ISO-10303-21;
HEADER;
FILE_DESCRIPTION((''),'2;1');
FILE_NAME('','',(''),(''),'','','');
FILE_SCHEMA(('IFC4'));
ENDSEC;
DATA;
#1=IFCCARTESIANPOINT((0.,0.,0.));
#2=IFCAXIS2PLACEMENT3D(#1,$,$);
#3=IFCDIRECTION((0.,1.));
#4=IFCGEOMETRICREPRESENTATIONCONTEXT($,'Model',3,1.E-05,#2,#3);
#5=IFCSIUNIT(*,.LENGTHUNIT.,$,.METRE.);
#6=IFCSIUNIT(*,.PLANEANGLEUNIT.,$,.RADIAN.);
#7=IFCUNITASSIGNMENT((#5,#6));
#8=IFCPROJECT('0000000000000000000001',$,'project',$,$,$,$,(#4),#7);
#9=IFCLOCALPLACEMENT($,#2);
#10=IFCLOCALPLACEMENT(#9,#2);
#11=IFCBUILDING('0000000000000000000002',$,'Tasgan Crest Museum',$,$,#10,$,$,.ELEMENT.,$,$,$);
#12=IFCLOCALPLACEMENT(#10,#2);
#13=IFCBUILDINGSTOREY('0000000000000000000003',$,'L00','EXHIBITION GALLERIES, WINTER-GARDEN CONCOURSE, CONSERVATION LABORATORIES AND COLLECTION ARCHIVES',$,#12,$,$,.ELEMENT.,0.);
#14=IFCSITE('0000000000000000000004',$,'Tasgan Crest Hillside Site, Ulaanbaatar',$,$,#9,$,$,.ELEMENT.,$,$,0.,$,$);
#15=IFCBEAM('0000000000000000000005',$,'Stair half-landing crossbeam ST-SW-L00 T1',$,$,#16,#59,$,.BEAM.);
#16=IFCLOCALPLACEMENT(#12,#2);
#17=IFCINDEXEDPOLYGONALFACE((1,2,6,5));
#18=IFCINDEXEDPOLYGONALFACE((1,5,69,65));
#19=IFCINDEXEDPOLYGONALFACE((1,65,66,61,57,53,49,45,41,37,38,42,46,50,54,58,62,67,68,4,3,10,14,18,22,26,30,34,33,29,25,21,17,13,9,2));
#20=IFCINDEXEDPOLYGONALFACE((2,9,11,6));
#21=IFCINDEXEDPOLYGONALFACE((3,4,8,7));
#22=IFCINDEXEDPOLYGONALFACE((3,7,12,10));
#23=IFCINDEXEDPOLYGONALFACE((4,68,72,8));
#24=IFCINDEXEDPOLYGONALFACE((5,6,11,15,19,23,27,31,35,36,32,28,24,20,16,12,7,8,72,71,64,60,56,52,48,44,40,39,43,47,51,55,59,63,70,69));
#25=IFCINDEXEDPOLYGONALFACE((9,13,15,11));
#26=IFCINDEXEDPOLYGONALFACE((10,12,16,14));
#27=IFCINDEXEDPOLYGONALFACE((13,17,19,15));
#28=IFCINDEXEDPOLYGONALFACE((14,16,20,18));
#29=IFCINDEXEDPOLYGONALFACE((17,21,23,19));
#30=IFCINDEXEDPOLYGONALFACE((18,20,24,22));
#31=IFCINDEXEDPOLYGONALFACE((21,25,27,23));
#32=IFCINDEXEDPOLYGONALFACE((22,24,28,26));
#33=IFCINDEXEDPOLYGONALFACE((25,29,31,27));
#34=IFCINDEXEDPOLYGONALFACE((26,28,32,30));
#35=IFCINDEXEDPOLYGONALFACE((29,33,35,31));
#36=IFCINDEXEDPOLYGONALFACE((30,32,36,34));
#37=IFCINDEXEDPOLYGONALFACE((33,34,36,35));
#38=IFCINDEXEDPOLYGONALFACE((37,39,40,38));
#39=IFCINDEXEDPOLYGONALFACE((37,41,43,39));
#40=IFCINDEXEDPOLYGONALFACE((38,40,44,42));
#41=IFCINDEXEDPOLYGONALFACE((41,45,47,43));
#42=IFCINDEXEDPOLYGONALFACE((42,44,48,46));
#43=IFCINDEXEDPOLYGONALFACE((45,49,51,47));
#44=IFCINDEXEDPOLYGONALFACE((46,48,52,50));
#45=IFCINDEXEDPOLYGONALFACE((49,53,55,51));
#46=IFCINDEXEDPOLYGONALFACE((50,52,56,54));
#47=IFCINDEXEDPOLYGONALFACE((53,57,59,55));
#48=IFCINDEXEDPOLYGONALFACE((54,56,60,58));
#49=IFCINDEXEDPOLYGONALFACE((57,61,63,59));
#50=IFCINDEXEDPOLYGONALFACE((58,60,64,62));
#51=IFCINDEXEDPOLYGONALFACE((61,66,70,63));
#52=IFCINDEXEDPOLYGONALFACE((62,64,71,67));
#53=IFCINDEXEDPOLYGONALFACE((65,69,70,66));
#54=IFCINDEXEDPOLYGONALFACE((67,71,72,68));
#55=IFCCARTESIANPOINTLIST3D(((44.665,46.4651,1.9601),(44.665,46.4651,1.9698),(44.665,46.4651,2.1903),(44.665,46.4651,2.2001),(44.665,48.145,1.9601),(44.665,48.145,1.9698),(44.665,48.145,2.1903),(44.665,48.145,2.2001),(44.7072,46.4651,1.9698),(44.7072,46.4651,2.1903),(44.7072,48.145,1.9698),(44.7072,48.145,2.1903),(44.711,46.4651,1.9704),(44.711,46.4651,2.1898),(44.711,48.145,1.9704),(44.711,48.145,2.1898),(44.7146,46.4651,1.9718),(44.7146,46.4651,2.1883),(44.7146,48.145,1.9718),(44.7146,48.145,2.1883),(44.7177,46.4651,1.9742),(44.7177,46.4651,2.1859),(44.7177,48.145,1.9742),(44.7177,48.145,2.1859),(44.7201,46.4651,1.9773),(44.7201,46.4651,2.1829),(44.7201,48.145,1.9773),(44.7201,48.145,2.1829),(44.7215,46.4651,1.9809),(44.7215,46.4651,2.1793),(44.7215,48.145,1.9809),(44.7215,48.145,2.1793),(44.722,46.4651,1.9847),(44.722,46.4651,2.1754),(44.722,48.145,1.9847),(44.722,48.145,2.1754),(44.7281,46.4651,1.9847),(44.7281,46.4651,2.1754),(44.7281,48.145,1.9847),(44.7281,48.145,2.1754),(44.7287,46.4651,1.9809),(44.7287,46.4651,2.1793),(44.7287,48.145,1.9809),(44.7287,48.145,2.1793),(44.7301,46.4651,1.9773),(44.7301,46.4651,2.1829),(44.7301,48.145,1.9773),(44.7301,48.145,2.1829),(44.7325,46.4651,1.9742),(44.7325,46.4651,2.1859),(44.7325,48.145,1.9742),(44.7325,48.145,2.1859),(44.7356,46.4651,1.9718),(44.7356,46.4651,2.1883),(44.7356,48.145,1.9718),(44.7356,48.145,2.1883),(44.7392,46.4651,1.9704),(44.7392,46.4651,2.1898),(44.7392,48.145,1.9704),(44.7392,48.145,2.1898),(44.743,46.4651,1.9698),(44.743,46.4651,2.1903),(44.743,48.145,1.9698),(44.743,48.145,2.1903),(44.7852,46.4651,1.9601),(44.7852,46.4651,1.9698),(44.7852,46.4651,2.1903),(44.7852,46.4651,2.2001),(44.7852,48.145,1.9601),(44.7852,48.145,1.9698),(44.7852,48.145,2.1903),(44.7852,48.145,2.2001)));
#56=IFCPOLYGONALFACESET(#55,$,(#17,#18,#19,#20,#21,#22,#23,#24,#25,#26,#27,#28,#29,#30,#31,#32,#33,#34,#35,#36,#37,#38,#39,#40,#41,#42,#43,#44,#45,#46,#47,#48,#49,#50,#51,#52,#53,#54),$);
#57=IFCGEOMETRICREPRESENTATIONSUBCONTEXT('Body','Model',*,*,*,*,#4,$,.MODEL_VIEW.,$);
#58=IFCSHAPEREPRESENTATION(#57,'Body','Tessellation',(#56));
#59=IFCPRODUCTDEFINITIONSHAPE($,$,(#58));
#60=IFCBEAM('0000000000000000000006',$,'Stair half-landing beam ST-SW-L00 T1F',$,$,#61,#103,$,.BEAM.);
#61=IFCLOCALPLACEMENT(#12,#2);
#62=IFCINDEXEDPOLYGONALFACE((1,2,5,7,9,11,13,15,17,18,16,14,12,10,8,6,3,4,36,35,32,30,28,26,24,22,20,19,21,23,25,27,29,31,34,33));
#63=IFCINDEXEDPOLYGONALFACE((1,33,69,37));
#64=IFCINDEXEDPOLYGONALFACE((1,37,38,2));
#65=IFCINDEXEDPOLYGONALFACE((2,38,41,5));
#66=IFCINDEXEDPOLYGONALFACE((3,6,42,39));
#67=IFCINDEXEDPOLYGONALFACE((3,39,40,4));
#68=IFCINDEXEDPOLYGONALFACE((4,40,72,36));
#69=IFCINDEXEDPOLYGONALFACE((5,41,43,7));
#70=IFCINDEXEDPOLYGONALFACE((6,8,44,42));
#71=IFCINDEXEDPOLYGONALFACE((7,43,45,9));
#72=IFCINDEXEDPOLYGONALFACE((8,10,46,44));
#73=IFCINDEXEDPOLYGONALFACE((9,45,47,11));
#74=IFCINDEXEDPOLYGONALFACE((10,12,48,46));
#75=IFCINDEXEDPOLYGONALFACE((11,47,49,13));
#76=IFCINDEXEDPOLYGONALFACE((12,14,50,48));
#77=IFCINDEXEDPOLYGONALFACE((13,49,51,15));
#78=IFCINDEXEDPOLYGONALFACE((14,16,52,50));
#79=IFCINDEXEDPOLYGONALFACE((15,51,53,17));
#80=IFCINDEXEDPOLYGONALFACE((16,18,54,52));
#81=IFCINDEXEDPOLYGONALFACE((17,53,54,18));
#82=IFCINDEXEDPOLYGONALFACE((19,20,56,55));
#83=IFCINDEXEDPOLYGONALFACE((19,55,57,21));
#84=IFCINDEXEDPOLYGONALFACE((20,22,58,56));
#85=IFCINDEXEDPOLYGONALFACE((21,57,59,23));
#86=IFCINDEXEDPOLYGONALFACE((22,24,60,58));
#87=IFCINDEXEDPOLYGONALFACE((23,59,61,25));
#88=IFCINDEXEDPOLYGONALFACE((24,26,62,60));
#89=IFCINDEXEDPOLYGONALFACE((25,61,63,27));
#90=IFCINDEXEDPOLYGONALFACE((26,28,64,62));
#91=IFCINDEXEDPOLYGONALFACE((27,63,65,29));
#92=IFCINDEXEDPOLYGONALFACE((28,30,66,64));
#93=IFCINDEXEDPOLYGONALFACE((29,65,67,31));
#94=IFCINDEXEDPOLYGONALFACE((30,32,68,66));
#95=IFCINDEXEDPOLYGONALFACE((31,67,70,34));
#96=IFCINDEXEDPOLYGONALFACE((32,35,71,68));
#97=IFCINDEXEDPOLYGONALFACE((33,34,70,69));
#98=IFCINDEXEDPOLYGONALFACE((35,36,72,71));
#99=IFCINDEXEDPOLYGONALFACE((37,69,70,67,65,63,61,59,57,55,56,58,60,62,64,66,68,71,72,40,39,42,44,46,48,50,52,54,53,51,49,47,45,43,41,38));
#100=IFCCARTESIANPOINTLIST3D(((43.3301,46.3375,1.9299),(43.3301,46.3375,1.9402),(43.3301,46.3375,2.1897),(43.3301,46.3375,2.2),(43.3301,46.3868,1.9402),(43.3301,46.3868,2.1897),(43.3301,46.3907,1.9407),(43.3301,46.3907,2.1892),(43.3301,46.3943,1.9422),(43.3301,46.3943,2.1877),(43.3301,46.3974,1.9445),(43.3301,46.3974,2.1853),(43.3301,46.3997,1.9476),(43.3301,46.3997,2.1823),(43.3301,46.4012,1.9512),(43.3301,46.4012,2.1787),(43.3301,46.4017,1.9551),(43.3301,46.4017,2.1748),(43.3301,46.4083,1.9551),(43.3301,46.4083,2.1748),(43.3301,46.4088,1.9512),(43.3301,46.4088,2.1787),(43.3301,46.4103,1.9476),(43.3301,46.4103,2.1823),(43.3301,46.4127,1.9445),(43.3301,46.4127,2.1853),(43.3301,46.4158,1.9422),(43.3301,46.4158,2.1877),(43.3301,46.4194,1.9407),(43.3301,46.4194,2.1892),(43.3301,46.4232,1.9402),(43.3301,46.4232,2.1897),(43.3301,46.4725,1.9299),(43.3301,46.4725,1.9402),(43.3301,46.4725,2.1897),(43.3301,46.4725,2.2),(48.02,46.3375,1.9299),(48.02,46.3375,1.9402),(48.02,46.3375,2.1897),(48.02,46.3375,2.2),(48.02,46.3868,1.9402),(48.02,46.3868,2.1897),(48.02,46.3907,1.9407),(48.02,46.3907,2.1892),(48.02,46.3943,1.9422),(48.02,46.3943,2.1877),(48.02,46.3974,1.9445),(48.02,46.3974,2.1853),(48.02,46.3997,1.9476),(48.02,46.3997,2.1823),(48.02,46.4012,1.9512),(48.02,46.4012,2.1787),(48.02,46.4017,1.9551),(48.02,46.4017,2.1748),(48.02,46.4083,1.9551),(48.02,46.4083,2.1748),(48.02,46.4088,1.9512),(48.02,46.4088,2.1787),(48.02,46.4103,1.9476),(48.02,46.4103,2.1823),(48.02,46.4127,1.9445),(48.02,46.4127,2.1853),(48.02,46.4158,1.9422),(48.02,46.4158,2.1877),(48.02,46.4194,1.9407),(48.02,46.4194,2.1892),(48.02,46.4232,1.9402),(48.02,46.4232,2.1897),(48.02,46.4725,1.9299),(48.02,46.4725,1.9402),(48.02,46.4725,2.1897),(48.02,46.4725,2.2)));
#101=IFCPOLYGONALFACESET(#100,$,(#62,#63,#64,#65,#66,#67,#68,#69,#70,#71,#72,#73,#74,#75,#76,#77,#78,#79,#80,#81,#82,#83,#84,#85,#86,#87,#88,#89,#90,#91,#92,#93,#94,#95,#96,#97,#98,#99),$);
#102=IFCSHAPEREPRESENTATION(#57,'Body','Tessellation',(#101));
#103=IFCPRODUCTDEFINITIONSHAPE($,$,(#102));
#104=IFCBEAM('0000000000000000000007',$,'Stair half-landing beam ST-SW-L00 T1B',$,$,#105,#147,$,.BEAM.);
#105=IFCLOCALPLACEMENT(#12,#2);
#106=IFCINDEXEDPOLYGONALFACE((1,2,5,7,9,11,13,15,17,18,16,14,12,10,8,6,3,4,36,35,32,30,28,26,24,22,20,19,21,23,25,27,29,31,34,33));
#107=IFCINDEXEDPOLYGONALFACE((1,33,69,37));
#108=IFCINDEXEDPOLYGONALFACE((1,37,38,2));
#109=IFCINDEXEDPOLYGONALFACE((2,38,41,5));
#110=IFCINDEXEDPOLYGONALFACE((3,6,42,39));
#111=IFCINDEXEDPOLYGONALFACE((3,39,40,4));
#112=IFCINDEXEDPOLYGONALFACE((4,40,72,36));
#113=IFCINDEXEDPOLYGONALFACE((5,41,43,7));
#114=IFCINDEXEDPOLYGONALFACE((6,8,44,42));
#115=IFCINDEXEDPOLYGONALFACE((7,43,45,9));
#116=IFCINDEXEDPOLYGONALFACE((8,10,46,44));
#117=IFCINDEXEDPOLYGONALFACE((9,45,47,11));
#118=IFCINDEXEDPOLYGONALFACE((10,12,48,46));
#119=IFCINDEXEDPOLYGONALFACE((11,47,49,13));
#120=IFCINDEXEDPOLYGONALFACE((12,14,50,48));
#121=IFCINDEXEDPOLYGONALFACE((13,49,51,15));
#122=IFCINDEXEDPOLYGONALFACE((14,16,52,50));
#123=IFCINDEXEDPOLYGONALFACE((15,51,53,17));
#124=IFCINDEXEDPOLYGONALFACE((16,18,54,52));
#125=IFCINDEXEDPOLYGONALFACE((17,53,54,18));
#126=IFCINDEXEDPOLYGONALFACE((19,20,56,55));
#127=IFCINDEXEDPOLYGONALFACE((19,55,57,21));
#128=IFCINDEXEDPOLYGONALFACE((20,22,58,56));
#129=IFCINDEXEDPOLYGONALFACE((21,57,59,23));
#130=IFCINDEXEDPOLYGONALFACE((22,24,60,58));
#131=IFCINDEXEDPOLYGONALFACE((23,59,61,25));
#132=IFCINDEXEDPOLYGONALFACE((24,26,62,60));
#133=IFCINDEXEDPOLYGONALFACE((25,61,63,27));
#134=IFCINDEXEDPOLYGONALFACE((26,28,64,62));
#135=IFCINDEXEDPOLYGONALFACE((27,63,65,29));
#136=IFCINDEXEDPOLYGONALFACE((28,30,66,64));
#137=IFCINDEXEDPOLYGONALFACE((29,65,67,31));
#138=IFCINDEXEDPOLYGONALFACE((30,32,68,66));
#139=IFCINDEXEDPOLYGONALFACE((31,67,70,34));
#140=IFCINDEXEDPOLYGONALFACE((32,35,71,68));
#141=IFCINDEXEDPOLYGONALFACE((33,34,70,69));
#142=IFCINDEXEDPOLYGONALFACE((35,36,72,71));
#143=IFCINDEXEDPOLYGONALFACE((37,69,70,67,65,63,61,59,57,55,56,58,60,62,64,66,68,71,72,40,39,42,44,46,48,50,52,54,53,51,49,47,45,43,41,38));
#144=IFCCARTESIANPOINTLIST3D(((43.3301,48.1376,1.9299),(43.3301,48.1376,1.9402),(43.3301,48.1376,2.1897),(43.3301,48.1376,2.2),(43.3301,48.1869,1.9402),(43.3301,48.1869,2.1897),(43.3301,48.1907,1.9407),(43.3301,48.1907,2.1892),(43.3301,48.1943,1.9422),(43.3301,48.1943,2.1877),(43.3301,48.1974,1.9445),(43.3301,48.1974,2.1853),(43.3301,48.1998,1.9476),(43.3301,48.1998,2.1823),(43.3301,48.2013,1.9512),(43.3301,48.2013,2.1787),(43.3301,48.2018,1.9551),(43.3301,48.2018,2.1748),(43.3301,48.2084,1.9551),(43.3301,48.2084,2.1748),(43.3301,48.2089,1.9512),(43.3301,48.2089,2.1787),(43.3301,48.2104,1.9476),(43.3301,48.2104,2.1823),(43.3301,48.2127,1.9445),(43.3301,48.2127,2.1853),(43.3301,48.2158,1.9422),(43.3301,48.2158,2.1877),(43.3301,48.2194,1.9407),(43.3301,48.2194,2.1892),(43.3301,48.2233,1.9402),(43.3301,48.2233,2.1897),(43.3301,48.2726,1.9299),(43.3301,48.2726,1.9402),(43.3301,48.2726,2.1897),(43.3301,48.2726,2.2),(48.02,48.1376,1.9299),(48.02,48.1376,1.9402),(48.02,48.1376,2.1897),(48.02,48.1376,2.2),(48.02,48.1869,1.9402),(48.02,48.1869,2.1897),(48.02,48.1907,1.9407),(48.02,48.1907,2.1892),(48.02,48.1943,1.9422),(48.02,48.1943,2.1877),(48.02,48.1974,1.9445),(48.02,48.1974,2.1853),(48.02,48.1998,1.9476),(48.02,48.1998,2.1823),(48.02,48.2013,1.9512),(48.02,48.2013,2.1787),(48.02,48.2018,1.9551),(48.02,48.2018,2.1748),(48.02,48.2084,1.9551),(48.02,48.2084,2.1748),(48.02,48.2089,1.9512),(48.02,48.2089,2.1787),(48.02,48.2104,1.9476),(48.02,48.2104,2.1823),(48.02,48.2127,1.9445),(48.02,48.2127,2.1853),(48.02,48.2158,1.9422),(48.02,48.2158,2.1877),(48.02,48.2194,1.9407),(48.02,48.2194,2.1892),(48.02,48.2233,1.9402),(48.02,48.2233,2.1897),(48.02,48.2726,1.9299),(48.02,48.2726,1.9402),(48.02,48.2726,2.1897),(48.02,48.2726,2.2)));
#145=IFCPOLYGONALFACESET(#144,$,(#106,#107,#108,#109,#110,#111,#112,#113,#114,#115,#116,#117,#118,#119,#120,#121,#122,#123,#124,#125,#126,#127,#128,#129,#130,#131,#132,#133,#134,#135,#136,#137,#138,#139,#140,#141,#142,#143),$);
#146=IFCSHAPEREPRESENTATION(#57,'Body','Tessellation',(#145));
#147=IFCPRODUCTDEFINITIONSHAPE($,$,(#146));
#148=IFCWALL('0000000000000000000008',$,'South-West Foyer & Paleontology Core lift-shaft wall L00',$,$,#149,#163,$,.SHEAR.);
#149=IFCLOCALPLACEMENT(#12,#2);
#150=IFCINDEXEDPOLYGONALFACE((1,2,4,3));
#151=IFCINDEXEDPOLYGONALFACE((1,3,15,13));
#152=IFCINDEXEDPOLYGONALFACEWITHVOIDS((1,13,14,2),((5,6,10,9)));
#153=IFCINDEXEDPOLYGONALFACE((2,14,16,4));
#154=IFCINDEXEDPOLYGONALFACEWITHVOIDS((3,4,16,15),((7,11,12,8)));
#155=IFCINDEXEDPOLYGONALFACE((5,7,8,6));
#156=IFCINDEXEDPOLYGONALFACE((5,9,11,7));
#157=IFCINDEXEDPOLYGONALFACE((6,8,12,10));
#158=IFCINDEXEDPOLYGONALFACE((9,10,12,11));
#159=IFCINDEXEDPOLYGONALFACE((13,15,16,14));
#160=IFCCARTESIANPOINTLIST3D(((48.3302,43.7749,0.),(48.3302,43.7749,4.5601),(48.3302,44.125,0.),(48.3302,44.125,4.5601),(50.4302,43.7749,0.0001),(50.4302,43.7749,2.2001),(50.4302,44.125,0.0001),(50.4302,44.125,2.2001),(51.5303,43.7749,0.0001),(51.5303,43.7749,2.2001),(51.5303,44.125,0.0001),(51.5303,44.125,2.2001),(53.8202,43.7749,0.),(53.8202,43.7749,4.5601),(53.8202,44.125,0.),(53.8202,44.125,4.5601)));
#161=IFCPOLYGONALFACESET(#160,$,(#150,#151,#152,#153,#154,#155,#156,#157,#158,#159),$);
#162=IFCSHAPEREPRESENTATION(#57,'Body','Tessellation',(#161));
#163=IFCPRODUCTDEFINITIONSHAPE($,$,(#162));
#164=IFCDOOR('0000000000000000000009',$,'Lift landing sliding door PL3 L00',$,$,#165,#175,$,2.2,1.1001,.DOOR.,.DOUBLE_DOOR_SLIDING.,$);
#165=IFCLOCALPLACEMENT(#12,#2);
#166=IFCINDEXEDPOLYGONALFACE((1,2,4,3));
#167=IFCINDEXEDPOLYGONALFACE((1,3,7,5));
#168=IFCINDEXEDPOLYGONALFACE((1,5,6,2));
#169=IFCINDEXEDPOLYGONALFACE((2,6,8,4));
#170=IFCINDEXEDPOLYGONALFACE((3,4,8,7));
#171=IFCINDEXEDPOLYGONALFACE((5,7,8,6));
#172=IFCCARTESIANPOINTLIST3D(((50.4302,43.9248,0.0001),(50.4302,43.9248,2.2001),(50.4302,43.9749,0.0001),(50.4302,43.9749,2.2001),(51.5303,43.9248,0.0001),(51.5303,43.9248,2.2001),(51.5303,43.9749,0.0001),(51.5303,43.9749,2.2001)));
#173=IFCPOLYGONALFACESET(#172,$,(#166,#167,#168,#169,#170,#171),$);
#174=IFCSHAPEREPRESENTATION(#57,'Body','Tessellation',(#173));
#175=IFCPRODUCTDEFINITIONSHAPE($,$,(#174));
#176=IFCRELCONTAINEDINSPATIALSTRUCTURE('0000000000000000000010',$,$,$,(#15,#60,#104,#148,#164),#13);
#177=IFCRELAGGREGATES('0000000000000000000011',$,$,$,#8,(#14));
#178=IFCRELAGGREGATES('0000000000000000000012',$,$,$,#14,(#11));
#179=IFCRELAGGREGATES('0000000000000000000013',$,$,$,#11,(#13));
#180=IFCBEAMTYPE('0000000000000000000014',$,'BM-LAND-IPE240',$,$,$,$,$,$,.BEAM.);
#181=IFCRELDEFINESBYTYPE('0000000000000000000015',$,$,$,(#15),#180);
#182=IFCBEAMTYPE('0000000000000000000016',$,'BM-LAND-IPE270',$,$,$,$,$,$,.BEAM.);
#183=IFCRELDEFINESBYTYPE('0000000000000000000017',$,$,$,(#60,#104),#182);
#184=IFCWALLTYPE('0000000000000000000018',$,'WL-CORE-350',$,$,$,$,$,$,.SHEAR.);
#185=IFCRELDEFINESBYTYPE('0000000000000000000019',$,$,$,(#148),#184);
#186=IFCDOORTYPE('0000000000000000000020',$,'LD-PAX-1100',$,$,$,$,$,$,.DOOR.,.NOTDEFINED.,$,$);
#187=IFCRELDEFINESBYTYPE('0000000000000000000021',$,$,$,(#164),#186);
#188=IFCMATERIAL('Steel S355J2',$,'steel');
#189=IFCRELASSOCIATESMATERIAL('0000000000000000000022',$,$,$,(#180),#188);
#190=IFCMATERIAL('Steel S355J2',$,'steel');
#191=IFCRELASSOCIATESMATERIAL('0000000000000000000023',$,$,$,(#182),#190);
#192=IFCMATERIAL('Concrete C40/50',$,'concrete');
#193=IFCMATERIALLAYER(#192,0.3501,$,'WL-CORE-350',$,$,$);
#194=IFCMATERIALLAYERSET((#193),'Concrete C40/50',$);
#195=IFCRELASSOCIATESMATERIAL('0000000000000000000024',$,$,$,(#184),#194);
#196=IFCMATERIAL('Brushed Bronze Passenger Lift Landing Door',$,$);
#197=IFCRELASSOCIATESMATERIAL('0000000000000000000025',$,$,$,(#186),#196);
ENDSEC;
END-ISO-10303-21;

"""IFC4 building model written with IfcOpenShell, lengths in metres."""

from ifc_helpers import new_model, si_unit, direction, frame, frame_2d, origin, origin_2d, place, context, subcontext, project, spatial, rectangle, i_section, extrude, material, layer, layer_set, material_profile, profile_set, type_object, element, fill, save


model = new_model("IFC4")

# Units and contexts
model_context = context("Model", 3, precision=1e-05, world=origin(), true_north=direction((0.0, 1.0)))
body_context = subcontext(model_context, "Body", "Model", "MODEL_VIEW")
ifc_project = project(units=[si_unit("LENGTHUNIT", "METRE"), si_unit("PLANEANGLEUNIT", "RADIAN")], contexts=[model_context])

# Site, building, storey
site_placement = place(None, origin())
site = spatial("IfcSite", under=ifc_project, at=site_placement, Name="Tasgan Crest Hillside Site, Ulaanbaatar", CompositionType="ELEMENT", RefElevation=0.0)
building_placement = place(site_placement, origin())
building = spatial("IfcBuilding", under=site, at=building_placement, Name="Tasgan Crest Museum", CompositionType="ELEMENT")
storey_placement = place(building_placement, origin())
storey = spatial("IfcBuildingStorey", under=building, at=storey_placement, Name="L00", Description="EXHIBITION GALLERIES, WINTER-GARDEN CONCOURSE, CONSERVATION LABORATORIES AND COLLECTION ARCHIVES", CompositionType="ELEMENT", Elevation=0.0)

# Beams
ifc_material_1 = material(Name="Steel S355J2", Category="steel")
ifc_material_profile_1 = material_profile(ifc_material_1, i_section(OverallWidth=0.1201, OverallDepth=0.24, WebThickness=0.0061, FlangeThickness=0.0098, FilletRadius=0.0149, at=origin_2d()), Name="IPE 240")
ifc_profile_set_1 = profile_set([ifc_material_profile_1], Name="Steel S355J2")
beam_type_1 = type_object("IfcBeamType", Name="BM-LAND-IPE240", PredefinedType="BEAM", material=ifc_profile_set_1)
beam_placement = place(storey_placement, frame((44.7251, 46.4651, 2.0801), z_axis=(0.0, 1.0, 0.0), x_axis=(-1.0, 0.0, 0.0)))
element("IfcBeam", 1, at=beam_placement, inside=storey, type_object=beam_type_1, Name="Stair half-landing crossbeam ST-SW-L00 T1", PredefinedType="BEAM", context=body_context, shape_type="SweptSolid", body=[
    extrude(i_section(OverallWidth=0.1201, OverallDepth=0.24, WebThickness=0.0061, FlangeThickness=0.0098, FilletRadius=0.0149, at=origin_2d()), origin(), (0.0, 0.0, 1.0), 1.6799),
])
ifc_material_2 = material(Name="Steel S355J2", Category="steel")
ifc_material_profile_2 = material_profile(ifc_material_2, i_section(OverallWidth=0.135, OverallDepth=0.27, WebThickness=0.0066, FlangeThickness=0.0103, FilletRadius=0.0149, at=origin_2d()), Name="IPE 270")
ifc_profile_set_2 = profile_set([ifc_material_profile_2], Name="Steel S355J2")
beam_type_2 = type_object("IfcBeamType", Name="BM-LAND-IPE270", PredefinedType="BEAM", material=ifc_profile_set_2)
for number, where, z_axis, x_axis, name in (
    (2, (43.3301, 46.405, 2.0649), (1.0, 0.0, 0.0), (0.0, 1.0, 0.0), "Stair half-landing beam ST-SW-L00 T1F"),
    (3, (43.3301, 48.2051, 2.0649), (1.0, 0.0, 0.0), (0.0, 1.0, 0.0), "Stair half-landing beam ST-SW-L00 T1B"),
):
    element("IfcBeam", number, at=place(storey_placement, frame(where, z_axis=z_axis, x_axis=x_axis)), inside=storey, type_object=beam_type_2, Name=name, PredefinedType="BEAM", context=body_context, shape_type="SweptSolid", body=[
        extrude(i_section(OverallWidth=0.135, OverallDepth=0.27, WebThickness=0.0066, FlangeThickness=0.0103, FilletRadius=0.0149, at=origin_2d()), origin(), (0.0, 0.0, 1.0), 4.6899),
    ])

# Wall, opening, door
ifc_material_3 = material(Name="Concrete C40/50", Category="concrete")
ifc_layer = layer(ifc_material_3, 0.3501, Name="WL-CORE-350")
ifc_layer_set = layer_set([ifc_layer], Name="Concrete C40/50")
wall_type = type_object("IfcWallType", Name="WL-CORE-350", PredefinedType="SHEAR", material=ifc_layer_set)
wall_placement = place(storey_placement, frame((48.3301, 43.95, 0.0), z_axis=(0.0, 0.0, 1.0), x_axis=(1.0, 0.0, 0.0)))
wall = element("IfcWall", 4, at=wall_placement, inside=storey, type_object=wall_type, Name="South-West Foyer & Paleontology Core lift-shaft wall L00", PredefinedType="SHEAR", context=body_context, shape_type="SweptSolid", body=[
    extrude(rectangle(XDim=5.49, YDim=0.3501, at=frame_2d((2.7451, 0.0))), origin(), (0.0, 0.0, 1.0), 4.5601),
])
opening_placement = place(wall_placement, frame((2.1001, 0.0, 0.0)))
opening = element("IfcOpeningElement", 5, at=opening_placement, cuts=wall, PredefinedType="OPENING", context=body_context, shape_type="SweptSolid", body=[
    extrude(rectangle(XDim=1.1001, YDim=2.2, at=frame_2d((0.55, 1.1001))), frame((0.0, 0.1851, 0.0), z_axis=(0.0, -1.0, 0.0), x_axis=(1.0, 0.0, 0.0)), (0.0, 0.0, 1.0), 0.3701),
])
ifc_material_4 = material(Name="Brushed Bronze Passenger Lift Landing Door")
door_type = type_object("IfcDoorType", Name="LD-PAX-1100", OperationType="NOTDEFINED", PredefinedType="DOOR", material=ifc_material_4)
door_placement = place(opening_placement, origin())
door = element("IfcDoor", 6, at=door_placement, inside=storey, type_object=door_type, Name="Lift landing sliding door PL3 L00", OperationType="DOUBLE_DOOR_SLIDING", OverallHeight=2.2, OverallWidth=1.1001, PredefinedType="DOOR", context=body_context, shape_type="SweptSolid", body=[
    extrude(rectangle(XDim=1.1001, YDim=2.2, at=frame_2d((0.55, 1.1001))), frame((0.0, 0.0249, 0.0), z_axis=(0.0, -1.0, 0.0), x_axis=(1.0, 0.0, 0.0)), (0.0, 0.0, 1.0), 0.05),
])
fill(opening, door)

save(model, "model.ifc")
